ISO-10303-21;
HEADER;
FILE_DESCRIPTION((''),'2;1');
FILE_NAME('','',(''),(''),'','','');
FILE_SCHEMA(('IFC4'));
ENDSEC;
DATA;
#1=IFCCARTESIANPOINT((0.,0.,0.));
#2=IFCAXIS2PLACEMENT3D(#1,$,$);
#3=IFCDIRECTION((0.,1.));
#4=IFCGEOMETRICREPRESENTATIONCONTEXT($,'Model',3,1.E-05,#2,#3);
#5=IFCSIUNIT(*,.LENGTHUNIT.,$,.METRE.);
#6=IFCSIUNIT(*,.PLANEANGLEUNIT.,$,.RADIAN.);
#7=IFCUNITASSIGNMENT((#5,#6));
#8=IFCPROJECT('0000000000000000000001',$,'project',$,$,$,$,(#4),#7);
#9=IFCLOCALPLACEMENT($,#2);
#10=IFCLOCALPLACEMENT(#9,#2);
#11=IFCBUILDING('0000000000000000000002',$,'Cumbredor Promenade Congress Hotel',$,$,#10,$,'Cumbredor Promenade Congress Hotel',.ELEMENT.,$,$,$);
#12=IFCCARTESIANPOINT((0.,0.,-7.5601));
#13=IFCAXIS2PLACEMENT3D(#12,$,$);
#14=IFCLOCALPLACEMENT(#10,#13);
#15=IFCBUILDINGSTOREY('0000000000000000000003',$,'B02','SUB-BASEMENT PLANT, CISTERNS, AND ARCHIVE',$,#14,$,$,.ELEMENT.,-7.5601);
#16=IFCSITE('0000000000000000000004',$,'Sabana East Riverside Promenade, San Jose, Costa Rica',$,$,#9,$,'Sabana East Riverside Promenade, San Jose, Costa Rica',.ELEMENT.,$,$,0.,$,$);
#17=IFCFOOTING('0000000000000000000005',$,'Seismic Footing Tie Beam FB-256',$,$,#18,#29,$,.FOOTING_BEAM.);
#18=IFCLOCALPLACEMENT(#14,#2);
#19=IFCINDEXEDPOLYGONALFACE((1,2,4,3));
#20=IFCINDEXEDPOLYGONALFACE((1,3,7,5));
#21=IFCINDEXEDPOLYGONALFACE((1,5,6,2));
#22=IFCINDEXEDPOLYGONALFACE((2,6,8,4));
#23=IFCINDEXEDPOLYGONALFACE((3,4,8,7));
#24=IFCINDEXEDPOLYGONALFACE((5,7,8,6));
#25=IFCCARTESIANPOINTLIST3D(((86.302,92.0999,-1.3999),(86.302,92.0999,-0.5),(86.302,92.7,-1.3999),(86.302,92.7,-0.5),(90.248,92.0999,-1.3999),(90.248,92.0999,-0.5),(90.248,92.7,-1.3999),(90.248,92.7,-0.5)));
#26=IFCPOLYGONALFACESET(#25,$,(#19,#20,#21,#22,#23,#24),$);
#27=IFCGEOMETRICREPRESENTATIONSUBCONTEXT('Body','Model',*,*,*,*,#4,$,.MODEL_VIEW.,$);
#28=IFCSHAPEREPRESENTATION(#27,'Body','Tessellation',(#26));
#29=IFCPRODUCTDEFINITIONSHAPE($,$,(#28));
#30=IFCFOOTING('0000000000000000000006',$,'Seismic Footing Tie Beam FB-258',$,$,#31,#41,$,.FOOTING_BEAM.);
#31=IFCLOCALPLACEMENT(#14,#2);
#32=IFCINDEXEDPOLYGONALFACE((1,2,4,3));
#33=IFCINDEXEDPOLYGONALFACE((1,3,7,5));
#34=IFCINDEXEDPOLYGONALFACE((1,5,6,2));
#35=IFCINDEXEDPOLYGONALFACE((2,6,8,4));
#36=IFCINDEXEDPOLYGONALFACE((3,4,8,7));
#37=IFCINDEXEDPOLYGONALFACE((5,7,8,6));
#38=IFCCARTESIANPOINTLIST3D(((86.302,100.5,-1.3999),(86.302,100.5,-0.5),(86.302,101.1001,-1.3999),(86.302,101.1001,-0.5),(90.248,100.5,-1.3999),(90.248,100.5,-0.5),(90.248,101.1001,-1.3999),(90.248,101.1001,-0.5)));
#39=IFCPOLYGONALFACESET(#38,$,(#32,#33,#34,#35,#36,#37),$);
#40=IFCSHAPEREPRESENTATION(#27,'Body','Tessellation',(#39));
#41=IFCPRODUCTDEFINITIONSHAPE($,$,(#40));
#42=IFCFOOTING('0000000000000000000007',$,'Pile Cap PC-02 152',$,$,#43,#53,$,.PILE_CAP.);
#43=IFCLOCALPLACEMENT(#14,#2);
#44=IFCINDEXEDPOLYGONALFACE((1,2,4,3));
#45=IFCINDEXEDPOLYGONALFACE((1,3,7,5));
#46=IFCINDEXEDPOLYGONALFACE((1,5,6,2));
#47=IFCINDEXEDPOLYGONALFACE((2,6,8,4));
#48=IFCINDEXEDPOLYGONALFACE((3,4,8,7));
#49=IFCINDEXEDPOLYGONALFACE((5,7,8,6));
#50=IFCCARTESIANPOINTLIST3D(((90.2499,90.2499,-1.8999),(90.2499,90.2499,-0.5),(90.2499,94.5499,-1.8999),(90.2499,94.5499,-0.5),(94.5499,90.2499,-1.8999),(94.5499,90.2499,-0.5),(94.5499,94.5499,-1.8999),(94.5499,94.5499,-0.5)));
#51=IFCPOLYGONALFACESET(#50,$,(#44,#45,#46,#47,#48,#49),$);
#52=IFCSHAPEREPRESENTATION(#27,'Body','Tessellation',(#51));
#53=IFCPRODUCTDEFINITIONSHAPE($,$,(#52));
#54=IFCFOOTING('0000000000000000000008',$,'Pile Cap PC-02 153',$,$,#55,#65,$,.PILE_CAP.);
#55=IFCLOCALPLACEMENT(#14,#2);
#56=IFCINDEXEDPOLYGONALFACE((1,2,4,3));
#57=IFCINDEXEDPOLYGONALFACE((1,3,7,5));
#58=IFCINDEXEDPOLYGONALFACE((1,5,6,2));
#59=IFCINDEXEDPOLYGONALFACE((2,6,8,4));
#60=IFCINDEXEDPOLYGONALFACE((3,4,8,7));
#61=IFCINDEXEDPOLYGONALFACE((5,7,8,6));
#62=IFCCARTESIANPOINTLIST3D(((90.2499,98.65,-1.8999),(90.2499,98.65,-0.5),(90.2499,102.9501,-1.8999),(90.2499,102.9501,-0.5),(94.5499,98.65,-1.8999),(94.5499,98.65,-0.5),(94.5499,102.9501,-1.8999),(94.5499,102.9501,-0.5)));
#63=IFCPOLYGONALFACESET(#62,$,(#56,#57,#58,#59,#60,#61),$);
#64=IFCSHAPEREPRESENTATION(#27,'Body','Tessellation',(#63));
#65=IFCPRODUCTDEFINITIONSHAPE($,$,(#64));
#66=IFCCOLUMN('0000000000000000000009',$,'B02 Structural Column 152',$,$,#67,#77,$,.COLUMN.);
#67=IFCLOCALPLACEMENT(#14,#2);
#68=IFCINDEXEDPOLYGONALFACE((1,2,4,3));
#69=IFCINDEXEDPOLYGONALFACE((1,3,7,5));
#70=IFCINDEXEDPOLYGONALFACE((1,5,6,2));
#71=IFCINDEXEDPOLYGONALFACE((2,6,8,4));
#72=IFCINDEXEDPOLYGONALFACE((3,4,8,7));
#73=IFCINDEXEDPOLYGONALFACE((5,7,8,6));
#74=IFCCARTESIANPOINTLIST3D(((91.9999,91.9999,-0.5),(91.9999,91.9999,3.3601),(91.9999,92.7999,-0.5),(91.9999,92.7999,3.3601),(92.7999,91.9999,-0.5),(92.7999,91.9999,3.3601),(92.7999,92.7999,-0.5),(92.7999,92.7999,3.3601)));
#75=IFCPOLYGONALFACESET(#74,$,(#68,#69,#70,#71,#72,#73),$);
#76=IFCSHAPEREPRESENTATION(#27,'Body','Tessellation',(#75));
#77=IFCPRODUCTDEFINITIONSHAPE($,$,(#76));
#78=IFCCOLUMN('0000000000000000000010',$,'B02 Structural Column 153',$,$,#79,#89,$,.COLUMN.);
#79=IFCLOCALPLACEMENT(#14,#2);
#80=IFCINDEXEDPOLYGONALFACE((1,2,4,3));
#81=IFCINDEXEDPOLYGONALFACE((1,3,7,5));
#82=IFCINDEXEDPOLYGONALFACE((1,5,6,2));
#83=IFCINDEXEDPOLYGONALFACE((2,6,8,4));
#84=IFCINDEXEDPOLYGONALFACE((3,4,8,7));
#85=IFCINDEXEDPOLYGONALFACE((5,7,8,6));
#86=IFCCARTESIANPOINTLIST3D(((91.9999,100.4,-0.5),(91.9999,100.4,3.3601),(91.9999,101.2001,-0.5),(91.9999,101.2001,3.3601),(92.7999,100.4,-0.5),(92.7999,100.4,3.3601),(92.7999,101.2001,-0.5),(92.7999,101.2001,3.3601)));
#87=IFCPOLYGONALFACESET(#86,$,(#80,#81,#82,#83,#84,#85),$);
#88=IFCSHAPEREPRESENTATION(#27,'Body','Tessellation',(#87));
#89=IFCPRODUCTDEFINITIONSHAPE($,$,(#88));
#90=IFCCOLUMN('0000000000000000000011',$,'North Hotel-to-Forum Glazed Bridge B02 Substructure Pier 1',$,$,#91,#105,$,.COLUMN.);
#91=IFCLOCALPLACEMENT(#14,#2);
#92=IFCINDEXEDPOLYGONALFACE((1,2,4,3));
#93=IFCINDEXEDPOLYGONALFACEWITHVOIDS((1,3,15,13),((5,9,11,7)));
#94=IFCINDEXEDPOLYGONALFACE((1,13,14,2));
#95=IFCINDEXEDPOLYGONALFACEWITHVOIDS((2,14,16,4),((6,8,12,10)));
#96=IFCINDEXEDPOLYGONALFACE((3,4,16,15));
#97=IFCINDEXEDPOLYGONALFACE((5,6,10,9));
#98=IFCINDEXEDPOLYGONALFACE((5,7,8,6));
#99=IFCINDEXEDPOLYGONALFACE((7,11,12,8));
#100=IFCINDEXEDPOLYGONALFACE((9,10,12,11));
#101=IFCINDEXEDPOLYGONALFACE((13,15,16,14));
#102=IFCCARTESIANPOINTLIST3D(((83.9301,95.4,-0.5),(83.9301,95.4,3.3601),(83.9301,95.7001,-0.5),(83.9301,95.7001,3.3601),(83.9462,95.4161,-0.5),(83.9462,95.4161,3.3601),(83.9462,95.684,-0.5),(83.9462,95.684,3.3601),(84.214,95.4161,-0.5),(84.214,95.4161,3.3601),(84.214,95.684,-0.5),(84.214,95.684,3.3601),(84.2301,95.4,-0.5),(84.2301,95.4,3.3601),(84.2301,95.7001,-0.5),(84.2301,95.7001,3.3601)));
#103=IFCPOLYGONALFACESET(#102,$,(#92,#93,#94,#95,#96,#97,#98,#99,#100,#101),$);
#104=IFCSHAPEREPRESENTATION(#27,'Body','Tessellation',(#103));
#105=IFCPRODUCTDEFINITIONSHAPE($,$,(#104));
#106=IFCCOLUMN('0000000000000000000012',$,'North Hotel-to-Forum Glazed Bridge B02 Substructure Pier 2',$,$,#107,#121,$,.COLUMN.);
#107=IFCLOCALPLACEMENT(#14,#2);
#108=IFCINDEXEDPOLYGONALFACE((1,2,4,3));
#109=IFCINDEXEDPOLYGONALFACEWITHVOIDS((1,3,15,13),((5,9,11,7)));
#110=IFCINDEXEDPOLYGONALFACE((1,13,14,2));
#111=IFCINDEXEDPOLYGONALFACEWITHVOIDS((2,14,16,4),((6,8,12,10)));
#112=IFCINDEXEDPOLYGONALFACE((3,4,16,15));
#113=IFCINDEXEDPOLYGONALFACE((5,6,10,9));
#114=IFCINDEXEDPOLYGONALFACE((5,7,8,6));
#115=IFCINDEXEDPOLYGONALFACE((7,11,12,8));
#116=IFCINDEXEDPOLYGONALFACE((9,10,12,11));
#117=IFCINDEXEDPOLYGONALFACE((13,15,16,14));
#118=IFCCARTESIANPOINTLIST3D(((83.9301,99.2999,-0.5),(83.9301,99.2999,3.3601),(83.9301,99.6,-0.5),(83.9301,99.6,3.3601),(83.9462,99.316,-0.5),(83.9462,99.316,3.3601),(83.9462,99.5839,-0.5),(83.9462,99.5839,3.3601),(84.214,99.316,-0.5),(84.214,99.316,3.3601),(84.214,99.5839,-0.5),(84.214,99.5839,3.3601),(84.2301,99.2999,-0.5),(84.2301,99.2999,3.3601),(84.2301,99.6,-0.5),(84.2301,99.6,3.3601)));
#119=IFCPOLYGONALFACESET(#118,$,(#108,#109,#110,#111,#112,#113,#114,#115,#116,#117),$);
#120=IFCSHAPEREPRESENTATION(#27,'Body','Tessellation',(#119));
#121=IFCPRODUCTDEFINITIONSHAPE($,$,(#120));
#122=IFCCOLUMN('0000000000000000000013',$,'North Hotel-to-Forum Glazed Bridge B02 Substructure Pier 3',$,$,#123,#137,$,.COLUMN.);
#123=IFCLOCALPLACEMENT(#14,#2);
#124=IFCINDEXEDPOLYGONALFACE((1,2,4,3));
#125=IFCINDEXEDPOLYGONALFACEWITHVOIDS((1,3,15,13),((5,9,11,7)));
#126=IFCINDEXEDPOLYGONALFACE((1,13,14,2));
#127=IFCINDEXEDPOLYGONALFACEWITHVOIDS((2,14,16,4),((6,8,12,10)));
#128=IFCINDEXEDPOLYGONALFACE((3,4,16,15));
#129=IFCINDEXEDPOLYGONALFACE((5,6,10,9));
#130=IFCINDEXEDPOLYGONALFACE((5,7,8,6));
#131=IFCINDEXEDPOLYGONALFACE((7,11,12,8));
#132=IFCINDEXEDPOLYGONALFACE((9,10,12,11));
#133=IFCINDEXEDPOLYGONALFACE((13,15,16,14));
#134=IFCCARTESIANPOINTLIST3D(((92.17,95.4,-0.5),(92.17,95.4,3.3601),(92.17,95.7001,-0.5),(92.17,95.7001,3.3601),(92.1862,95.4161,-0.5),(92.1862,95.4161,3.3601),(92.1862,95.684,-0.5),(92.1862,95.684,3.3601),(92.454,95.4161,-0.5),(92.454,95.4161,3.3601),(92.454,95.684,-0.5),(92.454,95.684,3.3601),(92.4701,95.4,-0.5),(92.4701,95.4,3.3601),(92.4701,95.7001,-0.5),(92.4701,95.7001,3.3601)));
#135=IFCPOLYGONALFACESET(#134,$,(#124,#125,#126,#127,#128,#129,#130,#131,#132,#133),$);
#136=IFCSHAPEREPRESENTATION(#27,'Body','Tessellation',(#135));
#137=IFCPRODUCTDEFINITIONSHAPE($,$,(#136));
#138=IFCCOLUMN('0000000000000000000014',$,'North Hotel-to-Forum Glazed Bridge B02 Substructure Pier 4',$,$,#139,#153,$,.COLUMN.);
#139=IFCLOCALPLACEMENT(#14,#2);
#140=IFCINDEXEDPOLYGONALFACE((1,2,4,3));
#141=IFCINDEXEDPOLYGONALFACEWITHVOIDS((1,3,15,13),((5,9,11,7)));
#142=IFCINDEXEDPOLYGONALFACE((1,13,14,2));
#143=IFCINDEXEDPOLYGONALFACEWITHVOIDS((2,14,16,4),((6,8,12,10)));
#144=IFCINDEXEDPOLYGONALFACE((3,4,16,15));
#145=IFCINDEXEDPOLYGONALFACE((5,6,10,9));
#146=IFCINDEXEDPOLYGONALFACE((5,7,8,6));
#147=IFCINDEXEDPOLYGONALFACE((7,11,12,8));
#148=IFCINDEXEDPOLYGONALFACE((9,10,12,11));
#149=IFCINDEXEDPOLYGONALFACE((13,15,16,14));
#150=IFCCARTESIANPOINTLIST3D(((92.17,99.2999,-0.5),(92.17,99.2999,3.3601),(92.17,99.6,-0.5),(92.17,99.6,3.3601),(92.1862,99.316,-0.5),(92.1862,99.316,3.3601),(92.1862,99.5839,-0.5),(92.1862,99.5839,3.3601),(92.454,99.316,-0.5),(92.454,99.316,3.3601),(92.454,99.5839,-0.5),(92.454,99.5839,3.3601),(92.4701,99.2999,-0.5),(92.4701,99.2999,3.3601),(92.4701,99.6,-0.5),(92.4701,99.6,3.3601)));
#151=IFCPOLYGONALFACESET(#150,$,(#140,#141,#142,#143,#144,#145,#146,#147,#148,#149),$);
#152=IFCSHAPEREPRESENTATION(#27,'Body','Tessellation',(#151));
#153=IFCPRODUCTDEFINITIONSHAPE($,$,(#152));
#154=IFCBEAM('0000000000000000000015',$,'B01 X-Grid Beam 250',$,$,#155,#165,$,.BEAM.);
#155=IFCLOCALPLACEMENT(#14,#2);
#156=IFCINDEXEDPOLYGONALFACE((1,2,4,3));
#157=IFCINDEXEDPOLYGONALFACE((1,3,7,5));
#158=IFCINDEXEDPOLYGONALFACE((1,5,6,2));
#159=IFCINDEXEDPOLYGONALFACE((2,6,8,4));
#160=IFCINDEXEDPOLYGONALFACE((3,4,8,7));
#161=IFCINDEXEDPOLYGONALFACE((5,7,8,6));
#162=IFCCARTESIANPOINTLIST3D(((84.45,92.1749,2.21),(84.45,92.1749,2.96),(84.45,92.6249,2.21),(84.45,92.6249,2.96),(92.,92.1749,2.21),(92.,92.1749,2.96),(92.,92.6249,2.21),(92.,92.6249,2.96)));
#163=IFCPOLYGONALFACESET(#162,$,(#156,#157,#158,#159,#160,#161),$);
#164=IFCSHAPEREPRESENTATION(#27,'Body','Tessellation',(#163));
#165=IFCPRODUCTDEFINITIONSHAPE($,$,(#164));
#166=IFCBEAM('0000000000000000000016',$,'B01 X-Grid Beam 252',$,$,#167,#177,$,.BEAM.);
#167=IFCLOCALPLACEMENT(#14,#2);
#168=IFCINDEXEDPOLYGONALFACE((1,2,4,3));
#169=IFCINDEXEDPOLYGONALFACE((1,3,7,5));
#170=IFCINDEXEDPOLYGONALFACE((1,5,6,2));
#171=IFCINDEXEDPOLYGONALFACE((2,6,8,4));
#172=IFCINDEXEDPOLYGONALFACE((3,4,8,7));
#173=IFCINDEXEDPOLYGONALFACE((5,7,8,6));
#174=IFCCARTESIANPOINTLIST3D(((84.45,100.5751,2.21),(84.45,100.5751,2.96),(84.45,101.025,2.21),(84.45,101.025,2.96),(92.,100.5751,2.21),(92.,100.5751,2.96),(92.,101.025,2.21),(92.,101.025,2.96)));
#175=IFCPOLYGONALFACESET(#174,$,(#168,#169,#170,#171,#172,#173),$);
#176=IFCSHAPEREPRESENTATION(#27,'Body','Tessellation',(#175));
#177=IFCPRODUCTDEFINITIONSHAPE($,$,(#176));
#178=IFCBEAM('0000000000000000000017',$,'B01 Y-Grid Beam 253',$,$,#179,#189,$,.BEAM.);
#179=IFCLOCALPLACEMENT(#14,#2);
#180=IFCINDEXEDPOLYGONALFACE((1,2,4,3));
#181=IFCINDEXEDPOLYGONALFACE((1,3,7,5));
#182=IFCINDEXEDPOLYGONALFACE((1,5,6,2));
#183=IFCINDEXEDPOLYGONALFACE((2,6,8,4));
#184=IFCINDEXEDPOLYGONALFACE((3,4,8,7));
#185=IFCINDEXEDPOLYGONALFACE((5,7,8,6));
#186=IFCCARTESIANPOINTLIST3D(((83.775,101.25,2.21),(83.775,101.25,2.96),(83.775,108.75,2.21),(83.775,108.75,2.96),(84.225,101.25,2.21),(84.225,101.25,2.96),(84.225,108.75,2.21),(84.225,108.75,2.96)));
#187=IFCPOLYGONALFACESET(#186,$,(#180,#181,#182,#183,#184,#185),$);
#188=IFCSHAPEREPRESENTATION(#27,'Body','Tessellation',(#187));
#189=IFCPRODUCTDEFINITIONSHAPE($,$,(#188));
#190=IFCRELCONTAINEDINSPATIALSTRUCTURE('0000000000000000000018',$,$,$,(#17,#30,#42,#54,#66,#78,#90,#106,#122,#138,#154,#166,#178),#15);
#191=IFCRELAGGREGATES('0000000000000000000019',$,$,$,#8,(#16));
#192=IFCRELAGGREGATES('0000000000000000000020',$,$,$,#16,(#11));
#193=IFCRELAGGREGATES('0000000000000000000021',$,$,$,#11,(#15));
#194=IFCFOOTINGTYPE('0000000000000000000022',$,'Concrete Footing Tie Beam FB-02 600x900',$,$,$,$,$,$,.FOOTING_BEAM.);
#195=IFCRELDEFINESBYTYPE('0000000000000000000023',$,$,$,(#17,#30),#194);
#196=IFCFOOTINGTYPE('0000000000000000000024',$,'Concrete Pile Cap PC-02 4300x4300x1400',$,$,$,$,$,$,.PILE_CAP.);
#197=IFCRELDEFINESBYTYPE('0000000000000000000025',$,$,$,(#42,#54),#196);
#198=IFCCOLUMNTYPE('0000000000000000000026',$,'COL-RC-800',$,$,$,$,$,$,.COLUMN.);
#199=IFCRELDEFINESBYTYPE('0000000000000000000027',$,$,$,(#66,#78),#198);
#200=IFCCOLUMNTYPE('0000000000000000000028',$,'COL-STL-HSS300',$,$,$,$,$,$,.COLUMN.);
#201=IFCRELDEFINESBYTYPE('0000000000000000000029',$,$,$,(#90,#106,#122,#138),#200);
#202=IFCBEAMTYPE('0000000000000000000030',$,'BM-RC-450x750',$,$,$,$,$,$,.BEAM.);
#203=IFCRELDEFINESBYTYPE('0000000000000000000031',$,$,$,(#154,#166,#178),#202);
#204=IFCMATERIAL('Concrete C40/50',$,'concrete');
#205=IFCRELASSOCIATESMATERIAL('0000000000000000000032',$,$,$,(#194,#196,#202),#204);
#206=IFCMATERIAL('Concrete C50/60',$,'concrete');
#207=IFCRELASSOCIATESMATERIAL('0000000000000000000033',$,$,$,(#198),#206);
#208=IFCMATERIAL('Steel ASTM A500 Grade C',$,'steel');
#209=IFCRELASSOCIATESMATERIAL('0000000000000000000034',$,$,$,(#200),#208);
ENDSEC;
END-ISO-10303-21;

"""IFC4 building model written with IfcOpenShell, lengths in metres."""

from ifc_helpers import new_model, si_unit, direction, frame, origin, origin_2d, place, context, subcontext, project, spatial, rectangle, hollow_rectangle, extrude, material, material_profile, profile_set, type_object, element, save


model = new_model("IFC4")

# Units and contexts
model_context = context("Model", 3, precision=1e-05, world=origin(), true_north=direction((0.0, 1.0)))
body_context = subcontext(model_context, "Body", "Model", "MODEL_VIEW")
ifc_project = project(units=[si_unit("LENGTHUNIT", "METRE"), si_unit("PLANEANGLEUNIT", "RADIAN")], contexts=[model_context])

# Site, building, storey
site_placement = place(None, origin())
site = spatial("IfcSite", under=ifc_project, at=site_placement, Name="Sabana East Riverside Promenade, San Jose, Costa Rica", LongName="Sabana East Riverside Promenade, San Jose, Costa Rica", CompositionType="ELEMENT", RefElevation=0.0)
building_placement = place(site_placement, origin())
building = spatial("IfcBuilding", under=site, at=building_placement, Name="Cumbredor Promenade Congress Hotel", LongName="Cumbredor Promenade Congress Hotel", CompositionType="ELEMENT")
storey_placement = place(building_placement, frame((0.0, 0.0, -7.5601)))
storey = spatial("IfcBuildingStorey", under=building, at=storey_placement, Name="B02", Description="SUB-BASEMENT PLANT, CISTERNS, AND ARCHIVE", CompositionType="ELEMENT", Elevation=-7.5601)

# Shared definitions
ifc_material_1 = material(Name="Concrete C40/50", Category="concrete")

# Footings
ifc_material_profile_1 = material_profile(ifc_material_1, rectangle(XDim=0.6001, YDim=0.8999, at=origin_2d()), Name="FB 600x900")
ifc_profile_set_1 = profile_set([ifc_material_profile_1], Name="Concrete C40/50")
footing_type_1 = type_object("IfcFootingType", Name="Concrete Footing Tie Beam FB-02 600x900", PredefinedType="FOOTING_BEAM", material=ifc_profile_set_1)
for number, where, z_axis, x_axis, name in (
    (1, (86.302, 92.3999, -0.95), (1.0, 0.0, 0.0), (0.0, 1.0, 0.0), "Seismic Footing Tie Beam FB-256"),
    (2, (86.302, 100.8, -0.95), (1.0, 0.0, 0.0), (0.0, 1.0, 0.0), "Seismic Footing Tie Beam FB-258"),
):
    element("IfcFooting", number, at=place(storey_placement, frame(where, z_axis=z_axis, x_axis=x_axis)), inside=storey, type_object=footing_type_1, Name=name, PredefinedType="FOOTING_BEAM", context=body_context, shape_type="SweptSolid", body=[
        extrude(rectangle(XDim=0.6001, YDim=0.8999, at=origin_2d()), origin(), (0.0, 0.0, 1.0), 3.946),
    ])
footing_type_2 = type_object("IfcFootingType", Name="Concrete Pile Cap PC-02 4300x4300x1400", PredefinedType="PILE_CAP", material=ifc_material_1)
for number, where, z_axis, x_axis, name in (
    (3, (92.3999, 92.3999, -1.8999), (0.0, 0.0, 1.0), (1.0, 0.0, 0.0), "Pile Cap PC-02 152"),
    (4, (92.3999, 100.8, -1.8999), (0.0, 0.0, 1.0), (1.0, 0.0, 0.0), "Pile Cap PC-02 153"),
):
    element("IfcFooting", number, at=place(storey_placement, frame(where, z_axis=z_axis, x_axis=x_axis)), inside=storey, type_object=footing_type_2, Name=name, PredefinedType="PILE_CAP", context=body_context, shape_type="SweptSolid", body=[
        extrude(rectangle(XDim=4.3, YDim=4.3, at=origin_2d()), origin(), (0.0, 0.0, 1.0), 1.3999),
    ])

# Columns
ifc_material_2 = material(Name="Concrete C50/60", Category="concrete")
ifc_material_profile_2 = material_profile(ifc_material_2, rectangle(XDim=0.8, YDim=0.8, at=origin_2d()), Name="RC 800x800")
ifc_profile_set_2 = profile_set([ifc_material_profile_2], Name="Concrete C50/60")
column_type_1 = type_object("IfcColumnType", Name="COL-RC-800", PredefinedType="COLUMN", material=ifc_profile_set_2)
for number, where, z_axis, x_axis, name in (
    (5, (92.3999, 92.3999, -0.5), (0.0, 0.0, 1.0), (1.0, 0.0, 0.0), "B02 Structural Column 152"),
    (6, (92.3999, 100.8, -0.5), (0.0, 0.0, 1.0), (1.0, 0.0, 0.0), "B02 Structural Column 153"),
):
    element("IfcColumn", number, at=place(storey_placement, frame(where, z_axis=z_axis, x_axis=x_axis)), inside=storey, type_object=column_type_1, Name=name, PredefinedType="COLUMN", context=body_context, shape_type="SweptSolid", body=[
        extrude(rectangle(XDim=0.8, YDim=0.8, at=origin_2d()), origin(), (0.0, 0.0, 1.0), 3.8601),
    ])
ifc_material_3 = material(Name="Steel ASTM A500 Grade C", Category="steel")
ifc_material_profile_3 = material_profile(ifc_material_3, hollow_rectangle(XDim=0.3, YDim=0.3, WallThickness=0.0161, at=origin_2d()), Name="HSS 300x300x16")
ifc_profile_set_3 = profile_set([ifc_material_profile_3], Name="Steel ASTM A500 Grade C")
column_type_2 = type_object("IfcColumnType", Name="COL-STL-HSS300", PredefinedType="COLUMN", material=ifc_profile_set_3)
for number, where, z_axis, x_axis, name in (
    (7, (84.0801, 95.55, -0.5), (0.0, 0.0, 1.0), (1.0, 0.0, 0.0), "North Hotel-to-Forum Glazed Bridge B02 Substructure Pier 1"),
    (8, (84.0801, 99.45, -0.5), (0.0, 0.0, 1.0), (1.0, 0.0, 0.0), "North Hotel-to-Forum Glazed Bridge B02 Substructure Pier 2"),
    (9, (92.3201, 95.55, -0.5), (0.0, 0.0, 1.0), (1.0, 0.0, 0.0), "North Hotel-to-Forum Glazed Bridge B02 Substructure Pier 3"),
    (10, (92.3201, 99.45, -0.5), (0.0, 0.0, 1.0), (1.0, 0.0, 0.0), "North Hotel-to-Forum Glazed Bridge B02 Substructure Pier 4"),
):
    element("IfcColumn", number, at=place(storey_placement, frame(where, z_axis=z_axis, x_axis=x_axis)), inside=storey, type_object=column_type_2, Name=name, PredefinedType="COLUMN", context=body_context, shape_type="SweptSolid", body=[
        extrude(hollow_rectangle(XDim=0.3, YDim=0.3, WallThickness=0.0161, at=origin_2d()), origin(), (0.0, 0.0, 1.0), 3.8601),
    ])

# Beams
ifc_material_profile_4 = material_profile(ifc_material_1, rectangle(XDim=0.45, YDim=0.75, at=origin_2d()), Name="RC BEAM 450x750")
ifc_profile_set_4 = profile_set([ifc_material_profile_4], Name="Concrete C40/50")
beam_type_1 = type_object("IfcBeamType", Name="BM-RC-450x750", PredefinedType="BEAM", material=ifc_profile_set_4)
for number, where, z_axis, x_axis, name in (
    (11, (84.45, 92.3999, 2.585), (1.0, 0.0, 0.0), (0.0, 1.0, 0.0), "B01 X-Grid Beam 250"),
    (12, (84.45, 100.8, 2.585), (1.0, 0.0, 0.0), (0.0, 1.0, 0.0), "B01 X-Grid Beam 252"),
):
    element("IfcBeam", number, at=place(storey_placement, frame(where, z_axis=z_axis, x_axis=x_axis)), inside=storey, type_object=beam_type_1, Name=name, PredefinedType="BEAM", context=body_context, shape_type="SweptSolid", body=[
        extrude(rectangle(XDim=0.45, YDim=0.75, at=origin_2d()), origin(), (0.0, 0.0, 1.0), 7.55),
    ])
beam_placement = place(storey_placement, frame((84.0, 101.25, 2.585), z_axis=(0.0, 1.0, 0.0), x_axis=(-1.0, 0.0, 0.0)))
element("IfcBeam", 13, at=beam_placement, inside=storey, type_object=beam_type_1, Name="B01 Y-Grid Beam 253", PredefinedType="BEAM", context=body_context, shape_type="SweptSolid", body=[
    extrude(rectangle(XDim=0.45, YDim=0.75, at=origin_2d()), origin(), (0.0, 0.0, 1.0), 7.5),
])

save(model, "model.ifc")
